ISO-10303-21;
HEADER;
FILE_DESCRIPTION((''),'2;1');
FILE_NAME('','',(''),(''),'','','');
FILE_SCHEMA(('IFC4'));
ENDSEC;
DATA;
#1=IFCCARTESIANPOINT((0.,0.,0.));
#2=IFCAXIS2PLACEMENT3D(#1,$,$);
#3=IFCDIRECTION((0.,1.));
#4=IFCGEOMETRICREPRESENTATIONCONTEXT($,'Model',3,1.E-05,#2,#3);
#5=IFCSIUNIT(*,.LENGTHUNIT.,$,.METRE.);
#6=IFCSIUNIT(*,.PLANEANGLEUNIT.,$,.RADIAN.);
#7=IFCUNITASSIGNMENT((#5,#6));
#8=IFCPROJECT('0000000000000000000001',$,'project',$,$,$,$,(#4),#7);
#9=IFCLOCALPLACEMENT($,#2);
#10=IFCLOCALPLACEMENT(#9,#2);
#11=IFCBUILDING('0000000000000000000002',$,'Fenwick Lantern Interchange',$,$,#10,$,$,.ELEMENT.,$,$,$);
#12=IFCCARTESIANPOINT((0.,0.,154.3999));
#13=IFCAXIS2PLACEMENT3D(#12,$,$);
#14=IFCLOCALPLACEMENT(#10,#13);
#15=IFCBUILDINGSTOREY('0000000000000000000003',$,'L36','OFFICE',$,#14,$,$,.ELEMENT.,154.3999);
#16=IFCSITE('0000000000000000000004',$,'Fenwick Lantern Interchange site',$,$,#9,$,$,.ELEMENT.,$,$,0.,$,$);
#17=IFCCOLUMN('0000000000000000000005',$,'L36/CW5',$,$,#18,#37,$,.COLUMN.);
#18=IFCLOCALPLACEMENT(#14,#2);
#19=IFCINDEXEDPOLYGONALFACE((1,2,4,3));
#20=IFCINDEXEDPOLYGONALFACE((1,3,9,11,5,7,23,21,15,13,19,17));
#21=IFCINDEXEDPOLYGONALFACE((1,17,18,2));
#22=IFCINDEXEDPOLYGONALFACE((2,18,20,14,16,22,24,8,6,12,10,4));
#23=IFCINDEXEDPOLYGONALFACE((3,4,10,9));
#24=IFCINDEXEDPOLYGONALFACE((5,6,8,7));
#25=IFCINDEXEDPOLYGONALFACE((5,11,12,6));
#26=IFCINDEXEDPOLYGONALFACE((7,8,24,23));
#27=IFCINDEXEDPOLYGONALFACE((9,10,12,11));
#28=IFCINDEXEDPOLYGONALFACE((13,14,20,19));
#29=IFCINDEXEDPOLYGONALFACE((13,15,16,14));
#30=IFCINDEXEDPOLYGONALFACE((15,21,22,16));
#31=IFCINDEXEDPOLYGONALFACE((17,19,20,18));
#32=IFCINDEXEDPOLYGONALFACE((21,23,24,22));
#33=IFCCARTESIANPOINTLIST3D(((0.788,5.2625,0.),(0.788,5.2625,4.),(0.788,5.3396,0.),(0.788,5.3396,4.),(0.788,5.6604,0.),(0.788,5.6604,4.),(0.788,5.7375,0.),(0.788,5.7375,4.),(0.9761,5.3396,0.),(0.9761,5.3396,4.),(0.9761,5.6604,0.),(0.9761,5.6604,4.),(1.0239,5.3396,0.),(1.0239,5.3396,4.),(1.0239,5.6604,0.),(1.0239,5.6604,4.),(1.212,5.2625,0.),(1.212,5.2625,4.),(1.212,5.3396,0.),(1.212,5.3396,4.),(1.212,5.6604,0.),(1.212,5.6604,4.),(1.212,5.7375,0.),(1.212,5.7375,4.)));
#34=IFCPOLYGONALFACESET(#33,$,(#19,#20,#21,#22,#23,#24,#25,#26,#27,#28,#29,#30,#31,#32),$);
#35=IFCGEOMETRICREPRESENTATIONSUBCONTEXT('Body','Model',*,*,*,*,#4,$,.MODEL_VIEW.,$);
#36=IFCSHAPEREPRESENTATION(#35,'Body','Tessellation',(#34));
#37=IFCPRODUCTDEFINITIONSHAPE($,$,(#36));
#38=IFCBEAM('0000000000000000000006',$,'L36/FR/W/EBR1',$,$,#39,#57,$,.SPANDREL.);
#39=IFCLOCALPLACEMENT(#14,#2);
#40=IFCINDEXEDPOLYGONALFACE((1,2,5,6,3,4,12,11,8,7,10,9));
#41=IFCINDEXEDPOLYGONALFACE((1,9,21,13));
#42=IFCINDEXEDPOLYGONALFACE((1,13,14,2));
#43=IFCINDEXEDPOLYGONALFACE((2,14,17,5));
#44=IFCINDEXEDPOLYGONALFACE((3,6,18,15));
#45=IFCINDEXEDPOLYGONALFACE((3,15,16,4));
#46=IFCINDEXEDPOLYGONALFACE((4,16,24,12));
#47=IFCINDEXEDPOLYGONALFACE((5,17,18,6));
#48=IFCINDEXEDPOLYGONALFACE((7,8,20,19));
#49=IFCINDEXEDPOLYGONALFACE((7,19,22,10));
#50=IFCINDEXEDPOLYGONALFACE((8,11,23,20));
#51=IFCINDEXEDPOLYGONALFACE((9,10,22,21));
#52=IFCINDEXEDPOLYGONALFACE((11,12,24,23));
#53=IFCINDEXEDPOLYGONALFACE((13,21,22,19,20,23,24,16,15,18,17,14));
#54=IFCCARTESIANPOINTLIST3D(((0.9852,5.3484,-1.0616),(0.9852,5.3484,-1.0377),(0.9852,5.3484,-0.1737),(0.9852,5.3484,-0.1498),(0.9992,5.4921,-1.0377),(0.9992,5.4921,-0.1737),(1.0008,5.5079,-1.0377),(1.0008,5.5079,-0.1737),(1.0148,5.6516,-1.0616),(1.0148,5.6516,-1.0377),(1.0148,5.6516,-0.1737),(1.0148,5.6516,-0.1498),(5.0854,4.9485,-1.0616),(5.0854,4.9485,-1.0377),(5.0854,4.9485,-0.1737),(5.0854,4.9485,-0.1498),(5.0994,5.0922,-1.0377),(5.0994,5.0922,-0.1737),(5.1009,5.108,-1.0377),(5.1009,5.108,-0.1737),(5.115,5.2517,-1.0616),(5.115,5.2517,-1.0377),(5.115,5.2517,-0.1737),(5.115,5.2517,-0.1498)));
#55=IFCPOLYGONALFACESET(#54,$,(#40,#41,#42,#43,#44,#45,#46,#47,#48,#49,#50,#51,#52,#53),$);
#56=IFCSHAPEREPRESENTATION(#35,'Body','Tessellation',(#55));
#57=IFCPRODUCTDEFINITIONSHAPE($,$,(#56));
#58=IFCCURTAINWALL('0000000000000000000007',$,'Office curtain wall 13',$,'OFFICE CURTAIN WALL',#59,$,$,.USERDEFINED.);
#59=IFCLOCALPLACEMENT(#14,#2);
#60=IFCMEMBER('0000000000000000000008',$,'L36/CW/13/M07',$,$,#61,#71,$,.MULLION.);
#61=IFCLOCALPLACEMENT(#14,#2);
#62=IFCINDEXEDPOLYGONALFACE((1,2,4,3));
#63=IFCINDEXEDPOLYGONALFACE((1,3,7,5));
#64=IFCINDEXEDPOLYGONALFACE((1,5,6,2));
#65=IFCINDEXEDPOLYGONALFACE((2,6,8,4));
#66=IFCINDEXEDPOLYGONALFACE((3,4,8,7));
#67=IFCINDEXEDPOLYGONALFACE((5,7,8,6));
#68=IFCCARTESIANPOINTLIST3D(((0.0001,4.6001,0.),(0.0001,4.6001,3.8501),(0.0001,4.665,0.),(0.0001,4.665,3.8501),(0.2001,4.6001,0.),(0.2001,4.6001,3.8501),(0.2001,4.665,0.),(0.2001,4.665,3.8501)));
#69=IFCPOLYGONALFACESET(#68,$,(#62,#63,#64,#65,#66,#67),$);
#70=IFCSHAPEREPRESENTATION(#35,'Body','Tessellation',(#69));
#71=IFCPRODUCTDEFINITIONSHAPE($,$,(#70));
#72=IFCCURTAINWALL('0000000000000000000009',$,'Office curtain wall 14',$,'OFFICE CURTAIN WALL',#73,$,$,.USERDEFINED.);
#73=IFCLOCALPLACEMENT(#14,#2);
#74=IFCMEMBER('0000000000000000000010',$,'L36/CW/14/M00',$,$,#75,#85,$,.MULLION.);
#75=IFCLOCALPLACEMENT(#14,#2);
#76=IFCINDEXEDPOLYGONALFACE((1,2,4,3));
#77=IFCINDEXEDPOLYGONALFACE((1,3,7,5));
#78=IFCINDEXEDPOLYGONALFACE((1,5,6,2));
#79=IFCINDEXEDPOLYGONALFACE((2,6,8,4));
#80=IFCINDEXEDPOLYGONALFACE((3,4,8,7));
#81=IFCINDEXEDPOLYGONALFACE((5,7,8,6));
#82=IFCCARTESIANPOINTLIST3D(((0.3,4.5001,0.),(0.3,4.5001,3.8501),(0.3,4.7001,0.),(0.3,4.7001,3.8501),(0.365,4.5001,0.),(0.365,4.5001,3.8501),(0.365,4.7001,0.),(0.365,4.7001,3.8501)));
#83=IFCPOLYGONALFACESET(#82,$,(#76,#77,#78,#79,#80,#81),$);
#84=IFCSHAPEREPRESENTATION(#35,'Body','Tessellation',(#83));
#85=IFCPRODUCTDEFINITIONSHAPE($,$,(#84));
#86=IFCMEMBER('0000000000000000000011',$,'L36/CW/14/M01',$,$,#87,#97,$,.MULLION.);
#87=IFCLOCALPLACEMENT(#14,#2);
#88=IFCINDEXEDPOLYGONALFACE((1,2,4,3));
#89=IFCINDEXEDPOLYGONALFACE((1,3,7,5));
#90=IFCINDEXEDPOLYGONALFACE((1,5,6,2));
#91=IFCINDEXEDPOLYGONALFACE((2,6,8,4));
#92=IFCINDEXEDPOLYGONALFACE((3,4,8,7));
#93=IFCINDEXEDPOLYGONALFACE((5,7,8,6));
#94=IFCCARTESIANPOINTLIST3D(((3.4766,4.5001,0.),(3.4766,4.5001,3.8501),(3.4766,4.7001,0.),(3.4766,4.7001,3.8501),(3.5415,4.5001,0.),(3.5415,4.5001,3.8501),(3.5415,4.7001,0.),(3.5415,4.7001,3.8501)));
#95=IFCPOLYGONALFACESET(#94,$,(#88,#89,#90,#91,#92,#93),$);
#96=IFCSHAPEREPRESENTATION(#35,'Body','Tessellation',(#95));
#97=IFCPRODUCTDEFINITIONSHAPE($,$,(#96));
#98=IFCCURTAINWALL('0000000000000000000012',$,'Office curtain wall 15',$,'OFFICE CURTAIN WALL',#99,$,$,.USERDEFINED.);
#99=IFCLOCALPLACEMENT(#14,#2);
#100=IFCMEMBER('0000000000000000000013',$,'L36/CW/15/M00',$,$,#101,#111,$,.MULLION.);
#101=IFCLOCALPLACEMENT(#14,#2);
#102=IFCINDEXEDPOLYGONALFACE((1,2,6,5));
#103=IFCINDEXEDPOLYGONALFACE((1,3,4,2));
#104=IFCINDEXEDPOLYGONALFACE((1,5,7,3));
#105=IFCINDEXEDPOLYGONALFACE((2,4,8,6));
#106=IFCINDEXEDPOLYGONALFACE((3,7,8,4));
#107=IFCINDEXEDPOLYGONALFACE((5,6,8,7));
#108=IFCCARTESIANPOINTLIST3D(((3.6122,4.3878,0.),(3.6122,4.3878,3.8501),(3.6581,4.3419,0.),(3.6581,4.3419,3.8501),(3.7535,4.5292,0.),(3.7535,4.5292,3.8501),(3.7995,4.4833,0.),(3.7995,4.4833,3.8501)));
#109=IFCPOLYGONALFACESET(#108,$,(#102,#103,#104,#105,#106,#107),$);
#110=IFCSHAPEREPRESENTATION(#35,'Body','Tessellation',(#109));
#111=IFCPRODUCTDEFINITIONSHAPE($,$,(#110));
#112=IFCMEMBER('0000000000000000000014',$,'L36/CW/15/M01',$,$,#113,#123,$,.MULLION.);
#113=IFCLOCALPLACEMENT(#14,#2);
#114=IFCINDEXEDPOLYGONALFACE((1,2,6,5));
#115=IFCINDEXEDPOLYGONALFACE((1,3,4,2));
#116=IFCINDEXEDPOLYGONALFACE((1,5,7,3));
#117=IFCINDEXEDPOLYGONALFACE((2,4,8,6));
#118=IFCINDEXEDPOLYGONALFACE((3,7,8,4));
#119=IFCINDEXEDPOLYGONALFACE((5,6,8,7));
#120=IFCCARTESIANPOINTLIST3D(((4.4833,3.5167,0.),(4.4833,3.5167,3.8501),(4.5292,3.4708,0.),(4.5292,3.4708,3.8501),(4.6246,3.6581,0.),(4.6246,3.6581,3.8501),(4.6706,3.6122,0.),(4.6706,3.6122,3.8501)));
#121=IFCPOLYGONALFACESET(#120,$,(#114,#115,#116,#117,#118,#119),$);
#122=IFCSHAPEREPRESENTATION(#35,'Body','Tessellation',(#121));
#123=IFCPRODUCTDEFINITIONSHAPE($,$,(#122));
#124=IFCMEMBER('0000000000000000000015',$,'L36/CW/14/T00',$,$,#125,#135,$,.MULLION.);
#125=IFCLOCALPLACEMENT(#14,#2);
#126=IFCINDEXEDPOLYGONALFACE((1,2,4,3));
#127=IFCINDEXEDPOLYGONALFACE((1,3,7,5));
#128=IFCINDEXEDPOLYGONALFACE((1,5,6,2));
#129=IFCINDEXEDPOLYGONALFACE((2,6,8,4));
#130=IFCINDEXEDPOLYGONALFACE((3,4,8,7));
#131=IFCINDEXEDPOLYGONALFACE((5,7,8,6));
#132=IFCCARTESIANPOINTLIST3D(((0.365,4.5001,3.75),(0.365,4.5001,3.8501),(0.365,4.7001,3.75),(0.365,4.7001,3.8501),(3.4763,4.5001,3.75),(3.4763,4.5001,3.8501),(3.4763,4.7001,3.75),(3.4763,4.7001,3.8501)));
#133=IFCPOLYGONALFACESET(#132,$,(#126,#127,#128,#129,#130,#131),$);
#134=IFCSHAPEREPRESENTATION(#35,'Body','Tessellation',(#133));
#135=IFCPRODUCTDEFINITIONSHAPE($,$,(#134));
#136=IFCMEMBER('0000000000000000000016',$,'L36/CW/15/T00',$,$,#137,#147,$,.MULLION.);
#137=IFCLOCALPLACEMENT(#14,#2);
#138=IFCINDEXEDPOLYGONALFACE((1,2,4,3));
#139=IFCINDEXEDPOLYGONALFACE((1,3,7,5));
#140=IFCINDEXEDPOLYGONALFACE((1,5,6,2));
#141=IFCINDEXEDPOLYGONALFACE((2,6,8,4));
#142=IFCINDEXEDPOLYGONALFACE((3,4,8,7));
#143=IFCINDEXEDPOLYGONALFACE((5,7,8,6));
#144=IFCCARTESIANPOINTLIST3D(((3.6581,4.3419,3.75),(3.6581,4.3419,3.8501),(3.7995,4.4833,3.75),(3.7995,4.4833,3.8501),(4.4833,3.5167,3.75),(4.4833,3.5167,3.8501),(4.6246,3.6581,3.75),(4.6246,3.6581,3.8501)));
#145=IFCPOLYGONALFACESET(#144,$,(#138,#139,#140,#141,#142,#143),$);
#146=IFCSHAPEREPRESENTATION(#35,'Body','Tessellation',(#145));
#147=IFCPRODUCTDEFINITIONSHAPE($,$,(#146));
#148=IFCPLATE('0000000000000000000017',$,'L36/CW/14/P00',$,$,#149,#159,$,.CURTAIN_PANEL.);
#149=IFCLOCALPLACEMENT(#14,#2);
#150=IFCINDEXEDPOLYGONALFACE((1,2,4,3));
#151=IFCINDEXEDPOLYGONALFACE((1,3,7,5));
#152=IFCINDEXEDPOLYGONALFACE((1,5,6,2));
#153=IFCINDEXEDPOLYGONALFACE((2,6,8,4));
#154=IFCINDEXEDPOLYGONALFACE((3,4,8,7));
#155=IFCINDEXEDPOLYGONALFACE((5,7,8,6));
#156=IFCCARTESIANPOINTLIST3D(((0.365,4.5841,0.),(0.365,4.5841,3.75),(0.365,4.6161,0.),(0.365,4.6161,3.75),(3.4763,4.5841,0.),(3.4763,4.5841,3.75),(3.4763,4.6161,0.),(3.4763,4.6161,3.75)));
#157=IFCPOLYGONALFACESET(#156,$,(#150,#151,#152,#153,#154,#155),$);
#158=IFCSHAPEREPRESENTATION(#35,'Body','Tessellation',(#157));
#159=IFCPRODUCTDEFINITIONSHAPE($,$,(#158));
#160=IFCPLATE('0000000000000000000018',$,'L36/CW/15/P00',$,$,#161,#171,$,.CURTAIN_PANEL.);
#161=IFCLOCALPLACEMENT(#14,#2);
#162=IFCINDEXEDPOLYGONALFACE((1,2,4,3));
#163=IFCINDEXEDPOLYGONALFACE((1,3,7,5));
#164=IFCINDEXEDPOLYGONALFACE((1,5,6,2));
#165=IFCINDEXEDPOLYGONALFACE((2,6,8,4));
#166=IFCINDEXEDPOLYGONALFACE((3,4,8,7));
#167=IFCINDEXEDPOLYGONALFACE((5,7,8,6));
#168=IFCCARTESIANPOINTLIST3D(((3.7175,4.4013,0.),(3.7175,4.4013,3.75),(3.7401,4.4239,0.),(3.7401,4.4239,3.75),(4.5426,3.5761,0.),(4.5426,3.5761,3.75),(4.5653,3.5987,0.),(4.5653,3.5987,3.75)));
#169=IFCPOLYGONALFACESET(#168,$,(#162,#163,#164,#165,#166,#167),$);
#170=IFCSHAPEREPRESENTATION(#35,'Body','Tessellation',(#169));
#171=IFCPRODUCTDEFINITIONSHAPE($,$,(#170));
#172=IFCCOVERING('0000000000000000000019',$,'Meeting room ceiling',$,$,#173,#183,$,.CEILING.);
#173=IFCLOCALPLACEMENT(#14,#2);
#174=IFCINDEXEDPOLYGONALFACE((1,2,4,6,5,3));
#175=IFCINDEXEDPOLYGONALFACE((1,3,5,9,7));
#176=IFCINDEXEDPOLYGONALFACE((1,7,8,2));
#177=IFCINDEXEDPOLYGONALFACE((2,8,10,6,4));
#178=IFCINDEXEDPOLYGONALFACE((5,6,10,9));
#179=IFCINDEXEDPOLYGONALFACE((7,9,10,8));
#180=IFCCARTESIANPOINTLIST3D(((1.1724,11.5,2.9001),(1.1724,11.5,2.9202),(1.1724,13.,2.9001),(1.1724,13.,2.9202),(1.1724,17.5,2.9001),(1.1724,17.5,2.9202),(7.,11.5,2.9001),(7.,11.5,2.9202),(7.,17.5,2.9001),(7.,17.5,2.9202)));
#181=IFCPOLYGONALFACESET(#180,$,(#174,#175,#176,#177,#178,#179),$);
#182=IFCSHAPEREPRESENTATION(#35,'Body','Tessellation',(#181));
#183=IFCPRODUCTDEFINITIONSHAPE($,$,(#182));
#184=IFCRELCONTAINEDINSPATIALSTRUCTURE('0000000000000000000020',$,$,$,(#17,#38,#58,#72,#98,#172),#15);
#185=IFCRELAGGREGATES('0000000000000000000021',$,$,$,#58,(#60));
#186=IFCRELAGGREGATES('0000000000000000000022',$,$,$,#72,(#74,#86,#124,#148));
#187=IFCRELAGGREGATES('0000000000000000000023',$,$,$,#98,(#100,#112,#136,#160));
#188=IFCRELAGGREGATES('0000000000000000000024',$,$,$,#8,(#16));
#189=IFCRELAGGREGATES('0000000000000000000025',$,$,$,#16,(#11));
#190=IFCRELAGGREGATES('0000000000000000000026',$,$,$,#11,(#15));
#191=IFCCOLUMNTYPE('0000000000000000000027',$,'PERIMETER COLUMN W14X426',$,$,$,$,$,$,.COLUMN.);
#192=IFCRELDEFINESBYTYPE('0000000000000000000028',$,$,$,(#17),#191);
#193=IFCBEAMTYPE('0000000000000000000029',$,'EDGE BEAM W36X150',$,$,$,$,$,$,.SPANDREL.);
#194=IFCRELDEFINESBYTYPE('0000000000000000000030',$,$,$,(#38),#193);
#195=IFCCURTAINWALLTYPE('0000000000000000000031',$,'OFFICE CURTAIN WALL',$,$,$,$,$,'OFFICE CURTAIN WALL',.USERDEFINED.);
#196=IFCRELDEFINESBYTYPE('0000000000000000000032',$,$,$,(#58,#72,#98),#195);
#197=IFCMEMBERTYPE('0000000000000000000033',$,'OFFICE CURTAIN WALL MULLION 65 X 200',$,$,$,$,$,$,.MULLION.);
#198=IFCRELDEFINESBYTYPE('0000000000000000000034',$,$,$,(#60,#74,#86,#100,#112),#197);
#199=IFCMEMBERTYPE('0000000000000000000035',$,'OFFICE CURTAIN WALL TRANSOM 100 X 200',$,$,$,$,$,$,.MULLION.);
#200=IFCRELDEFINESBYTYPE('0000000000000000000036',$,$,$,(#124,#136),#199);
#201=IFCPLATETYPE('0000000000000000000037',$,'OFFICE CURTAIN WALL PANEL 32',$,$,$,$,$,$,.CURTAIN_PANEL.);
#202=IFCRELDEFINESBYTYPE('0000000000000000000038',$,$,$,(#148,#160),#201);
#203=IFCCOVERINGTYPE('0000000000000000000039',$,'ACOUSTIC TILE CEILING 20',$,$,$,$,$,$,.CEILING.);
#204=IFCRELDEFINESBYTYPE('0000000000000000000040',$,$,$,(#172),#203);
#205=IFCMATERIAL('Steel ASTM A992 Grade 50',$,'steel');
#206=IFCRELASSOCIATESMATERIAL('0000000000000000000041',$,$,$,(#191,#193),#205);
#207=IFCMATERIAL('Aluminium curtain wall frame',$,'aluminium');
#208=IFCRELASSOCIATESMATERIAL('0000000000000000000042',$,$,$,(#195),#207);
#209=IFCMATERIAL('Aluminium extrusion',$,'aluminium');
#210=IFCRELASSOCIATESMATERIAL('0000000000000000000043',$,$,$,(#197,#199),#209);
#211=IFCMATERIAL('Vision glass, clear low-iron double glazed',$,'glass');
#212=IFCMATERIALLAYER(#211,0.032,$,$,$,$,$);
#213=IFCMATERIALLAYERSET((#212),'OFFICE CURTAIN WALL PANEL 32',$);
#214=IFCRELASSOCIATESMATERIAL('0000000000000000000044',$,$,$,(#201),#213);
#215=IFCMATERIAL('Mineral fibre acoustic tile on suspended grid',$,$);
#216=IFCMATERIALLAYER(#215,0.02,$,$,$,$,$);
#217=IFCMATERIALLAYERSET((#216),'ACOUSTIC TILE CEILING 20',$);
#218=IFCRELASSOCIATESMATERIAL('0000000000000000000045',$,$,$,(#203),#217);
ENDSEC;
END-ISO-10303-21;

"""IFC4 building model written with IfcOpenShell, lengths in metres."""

from ifc_helpers import new_model, si_unit, direction, frame, origin, origin_2d, place, context, subcontext, project, spatial, polyline, rectangle, i_section, outline, extrude, material, layer, layer_set, material_profile, profile_set, type_object, element, aggregate, save


model = new_model("IFC4")

# Units and contexts
model_context = context("Model", 3, precision=1e-05, world=origin(), true_north=direction((0.0, 1.0)))
body_context = subcontext(model_context, "Body", "Model", "MODEL_VIEW")
ifc_project = project(units=[si_unit("LENGTHUNIT", "METRE"), si_unit("PLANEANGLEUNIT", "RADIAN")], contexts=[model_context])

# Site, building, storey
site_placement = place(None, origin())
site = spatial("IfcSite", under=ifc_project, at=site_placement, Name="Fenwick Lantern Interchange site", CompositionType="ELEMENT", RefElevation=0.0)
building_placement = place(site_placement, origin())
building = spatial("IfcBuilding", under=site, at=building_placement, Name="Fenwick Lantern Interchange", CompositionType="ELEMENT")
storey_placement = place(building_placement, frame((0.0, 0.0, 154.3999)))
storey = spatial("IfcBuildingStorey", under=building, at=storey_placement, Name="L36", Description="OFFICE", CompositionType="ELEMENT", Elevation=154.3999)

# Column
ifc_material_1 = material(Name="Steel ASTM A992 Grade 50", Category="steel")
ifc_material_profile_1 = material_profile(ifc_material_1, i_section(OverallWidth=0.4241, OverallDepth=0.4751, WebThickness=0.0479, FlangeThickness=0.0771, at=origin_2d()), Name="W14X426")
ifc_profile_set_1 = profile_set([ifc_material_profile_1], Name="Steel ASTM A992 Grade 50")
column_type = type_object("IfcColumnType", Name="PERIMETER COLUMN W14X426", PredefinedType="COLUMN", material=ifc_profile_set_1)
column_placement = place(storey_placement, frame((1.0, 5.5, 0.0), z_axis=(0.0, 0.0, 1.0), x_axis=(1.0, 0.0, 0.0)))
element("IfcColumn", 1, at=column_placement, inside=storey, type_object=column_type, Name="L36/CW5", PredefinedType="COLUMN", context=body_context, shape_type="SweptSolid", body=[
    extrude(i_section(OverallWidth=0.4241, OverallDepth=0.4751, WebThickness=0.0479, FlangeThickness=0.0771, at=origin_2d()), origin(), (0.0, 0.0, 1.0), 4.0),
])

# Beam
ifc_material_profile_2 = material_profile(ifc_material_1, i_section(OverallWidth=0.3047, OverallDepth=0.9119, WebThickness=0.0159, FlangeThickness=0.0239, at=origin_2d()), Name="W36X150")
ifc_profile_set_2 = profile_set([ifc_material_profile_2], Name="Steel ASTM A992 Grade 50")
beam_type = type_object("IfcBeamType", Name="EDGE BEAM W36X150", PredefinedType="SPANDREL", material=ifc_profile_set_2)
beam_placement = place(storey_placement, frame((1.0, 5.5, -0.6057), z_axis=(0.995277, -0.097074, 0.0), x_axis=(0.097074, 0.995277, 0.0)))
element("IfcBeam", 2, at=beam_placement, inside=storey, type_object=beam_type, Name="L36/FR/W/EBR1", PredefinedType="SPANDREL", context=body_context, shape_type="SweptSolid", body=[
    extrude(i_section(OverallWidth=0.3047, OverallDepth=0.9119, WebThickness=0.0159, FlangeThickness=0.0239, at=origin_2d()), origin(), (0.0, 0.0, 1.0), 4.1196),
])

# Curtain wall, member
ifc_material_2 = material(Name="Aluminium curtain wall frame", Category="aluminium")
curtain_wall_type = type_object("IfcCurtainWallType", Name="OFFICE CURTAIN WALL", ElementType="OFFICE CURTAIN WALL", PredefinedType="USERDEFINED", material=ifc_material_2)
curtain_wall_1_placement = place(storey_placement, origin())
curtain_wall_1 = element("IfcCurtainWall", 3, at=curtain_wall_1_placement, inside=storey, type_object=curtain_wall_type, Name="Office curtain wall 13", ObjectType="OFFICE CURTAIN WALL", PredefinedType="USERDEFINED")
ifc_material_3 = material(Name="Aluminium extrusion", Category="aluminium")
ifc_material_profile_3 = material_profile(ifc_material_3, rectangle(XDim=0.2, YDim=0.0649, at=origin_2d()), Name="OFFICE CURTAIN WALL MULLION 65 X 200")
ifc_profile_set_3 = profile_set([ifc_material_profile_3], Name="Aluminium extrusion")
member_type_1 = type_object("IfcMemberType", Name="OFFICE CURTAIN WALL MULLION 65 X 200", PredefinedType="MULLION", material=ifc_profile_set_3)
member_1_placement = place(storey_placement, frame((0.1001, 4.6326, 0.0), z_axis=(0.0, 0.0, 1.0), x_axis=(1.0, 0.0, 0.0)))
member_1 = element("IfcMember", 4, at=member_1_placement, type_object=member_type_1, Name="L36/CW/13/M07", PredefinedType="MULLION", context=body_context, shape_type="SweptSolid", body=[
    extrude(rectangle(XDim=0.2, YDim=0.0649, at=origin_2d()), origin(), (0.0, 0.0, 1.0), 3.8501),
])
aggregate(curtain_wall_1, [member_1])

# Curtain walls, members
curtain_wall_2_placement = place(storey_placement, origin())
curtain_wall_2 = element("IfcCurtainWall", 5, at=curtain_wall_2_placement, inside=storey, type_object=curtain_wall_type, Name="Office curtain wall 14", ObjectType="OFFICE CURTAIN WALL", PredefinedType="USERDEFINED")
member_2_placement = place(storey_placement, frame((0.3325, 4.6001, 0.0), z_axis=(0.0, 0.0, 1.0), x_axis=(0.0, 1.0, 0.0)))
member_2 = element("IfcMember", 6, at=member_2_placement, type_object=member_type_1, Name="L36/CW/14/M00", PredefinedType="MULLION", context=body_context, shape_type="SweptSolid", body=[
    extrude(rectangle(XDim=0.2, YDim=0.0649, at=origin_2d()), origin(), (0.0, 0.0, 1.0), 3.8501),
])
member_3_placement = place(storey_placement, frame((3.509, 4.6001, 0.0), z_axis=(0.0, 0.0, 1.0), x_axis=(0.0, 1.0, 0.0)))
member_3 = element("IfcMember", 7, at=member_3_placement, type_object=member_type_1, Name="L36/CW/14/M01", PredefinedType="MULLION", context=body_context, shape_type="SweptSolid", body=[
    extrude(rectangle(XDim=0.2, YDim=0.0649, at=origin_2d()), origin(), (0.0, 0.0, 1.0), 3.8501),
])
curtain_wall_3_placement = place(storey_placement, origin())
curtain_wall_3 = element("IfcCurtainWall", 8, at=curtain_wall_3_placement, inside=storey, type_object=curtain_wall_type, Name="Office curtain wall 15", ObjectType="OFFICE CURTAIN WALL", PredefinedType="USERDEFINED")
member_4_placement = place(storey_placement, frame((3.7058, 4.4355, 0.0), z_axis=(0.0, 0.0, 1.0), x_axis=(0.707107, 0.707107, 0.0)))
member_4 = element("IfcMember", 9, at=member_4_placement, type_object=member_type_1, Name="L36/CW/15/M00", PredefinedType="MULLION", context=body_context, shape_type="SweptSolid", body=[
    extrude(rectangle(XDim=0.2, YDim=0.0649, at=origin_2d()), origin(), (0.0, 0.0, 1.0), 3.8501),
])
member_5_placement = place(storey_placement, frame((4.5769, 3.5645, 0.0), z_axis=(0.0, 0.0, 1.0), x_axis=(0.707107, 0.707107, 0.0)))
member_5 = element("IfcMember", 10, at=member_5_placement, type_object=member_type_1, Name="L36/CW/15/M01", PredefinedType="MULLION", context=body_context, shape_type="SweptSolid", body=[
    extrude(rectangle(XDim=0.2, YDim=0.0649, at=origin_2d()), origin(), (0.0, 0.0, 1.0), 3.8501),
])

# Members
ifc_material_profile_4 = material_profile(ifc_material_3, rectangle(XDim=0.2, YDim=0.1001, at=origin_2d()), Name="OFFICE CURTAIN WALL TRANSOM 100 X 200")
ifc_profile_set_4 = profile_set([ifc_material_profile_4], Name="Aluminium extrusion")
member_type_2 = type_object("IfcMemberType", Name="OFFICE CURTAIN WALL TRANSOM 100 X 200", PredefinedType="MULLION", material=ifc_profile_set_4)
member_6_placement = place(storey_placement, frame((0.365, 4.6001, 3.8), z_axis=(1.0, 0.0, 0.0), x_axis=(0.0, 1.0, 0.0)))
member_6 = element("IfcMember", 11, at=member_6_placement, type_object=member_type_2, Name="L36/CW/14/T00", PredefinedType="MULLION", context=body_context, shape_type="SweptSolid", body=[
    extrude(rectangle(XDim=0.2, YDim=0.1001, at=origin_2d()), origin(), (0.0, 0.0, 1.0), 3.1113),
])
member_7_placement = place(storey_placement, frame((3.7288, 4.4126, 3.8), z_axis=(0.707107, -0.707107, 0.0), x_axis=(0.707107, 0.707107, 0.0)))
member_7 = element("IfcMember", 12, at=member_7_placement, type_object=member_type_2, Name="L36/CW/15/T00", PredefinedType="MULLION", context=body_context, shape_type="SweptSolid", body=[
    extrude(rectangle(XDim=0.2, YDim=0.1001, at=origin_2d()), origin(), (0.0, 0.0, 1.0), 1.167),
])

# Shared definitions
ifc_material_4 = material(Name="Vision glass, clear low-iron double glazed", Category="glass")
ifc_layer_1 = layer(ifc_material_4, 0.032)
ifc_layer_set_1 = layer_set([ifc_layer_1], Name="OFFICE CURTAIN WALL PANEL 32")
plate_type = type_object("IfcPlateType", Name="OFFICE CURTAIN WALL PANEL 32", PredefinedType="CURTAIN_PANEL", material=ifc_layer_set_1)

# Plates
plate_1_placement = place(storey_placement, frame((1.9207, 4.6001, 0.0), z_axis=(0.0, 0.0, 1.0), x_axis=(1.0, 0.0, 0.0)))
plate_1 = element("IfcPlate", 13, at=plate_1_placement, type_object=plate_type, Name="L36/CW/14/P00", PredefinedType="CURTAIN_PANEL", context=body_context, shape_type="SweptSolid", body=[
    extrude(rectangle(XDim=3.1113, YDim=0.032, at=origin_2d()), origin(), (0.0, 0.0, 1.0), 3.75),
])
aggregate(curtain_wall_2, [member_2, member_3, member_6, plate_1])
plate_2_placement = place(storey_placement, frame((4.1414, 4.0, 0.0), z_axis=(0.0, 0.0, 1.0), x_axis=(0.707107, -0.707107, 0.0)))
plate_2 = element("IfcPlate", 14, at=plate_2_placement, type_object=plate_type, Name="L36/CW/15/P00", PredefinedType="CURTAIN_PANEL", context=body_context, shape_type="SweptSolid", body=[
    extrude(rectangle(XDim=1.167, YDim=0.032, at=origin_2d()), origin(), (0.0, 0.0, 1.0), 3.75),
])
aggregate(curtain_wall_3, [member_4, member_5, member_7, plate_2])

# Covering
ifc_material_5 = material(Name="Mineral fibre acoustic tile on suspended grid")
ifc_layer_2 = layer(ifc_material_5, 0.02)
ifc_layer_set_2 = layer_set([ifc_layer_2], Name="ACOUSTIC TILE CEILING 20")
covering_type_1 = type_object("IfcCoveringType", Name="ACOUSTIC TILE CEILING 20", PredefinedType="CEILING", material=ifc_layer_set_2)
covering_1_placement = place(storey_placement, frame((0.0, 0.0, 2.9001)))
element("IfcCovering", 15, at=covering_1_placement, inside=storey, type_object=covering_type_1, Name="Meeting room ceiling", PredefinedType="CEILING", context=body_context, shape_type="SweptSolid", body=[
    extrude(outline(polyline([(7.0, 17.5), (1.1724, 17.5), (1.1724, 13.0), (1.1724, 11.5), (7.0, 11.5), (7.0, 17.5)])), origin(), (0.0, 0.0, 1.0), 0.02),
])

save(model, "model.ifc")
